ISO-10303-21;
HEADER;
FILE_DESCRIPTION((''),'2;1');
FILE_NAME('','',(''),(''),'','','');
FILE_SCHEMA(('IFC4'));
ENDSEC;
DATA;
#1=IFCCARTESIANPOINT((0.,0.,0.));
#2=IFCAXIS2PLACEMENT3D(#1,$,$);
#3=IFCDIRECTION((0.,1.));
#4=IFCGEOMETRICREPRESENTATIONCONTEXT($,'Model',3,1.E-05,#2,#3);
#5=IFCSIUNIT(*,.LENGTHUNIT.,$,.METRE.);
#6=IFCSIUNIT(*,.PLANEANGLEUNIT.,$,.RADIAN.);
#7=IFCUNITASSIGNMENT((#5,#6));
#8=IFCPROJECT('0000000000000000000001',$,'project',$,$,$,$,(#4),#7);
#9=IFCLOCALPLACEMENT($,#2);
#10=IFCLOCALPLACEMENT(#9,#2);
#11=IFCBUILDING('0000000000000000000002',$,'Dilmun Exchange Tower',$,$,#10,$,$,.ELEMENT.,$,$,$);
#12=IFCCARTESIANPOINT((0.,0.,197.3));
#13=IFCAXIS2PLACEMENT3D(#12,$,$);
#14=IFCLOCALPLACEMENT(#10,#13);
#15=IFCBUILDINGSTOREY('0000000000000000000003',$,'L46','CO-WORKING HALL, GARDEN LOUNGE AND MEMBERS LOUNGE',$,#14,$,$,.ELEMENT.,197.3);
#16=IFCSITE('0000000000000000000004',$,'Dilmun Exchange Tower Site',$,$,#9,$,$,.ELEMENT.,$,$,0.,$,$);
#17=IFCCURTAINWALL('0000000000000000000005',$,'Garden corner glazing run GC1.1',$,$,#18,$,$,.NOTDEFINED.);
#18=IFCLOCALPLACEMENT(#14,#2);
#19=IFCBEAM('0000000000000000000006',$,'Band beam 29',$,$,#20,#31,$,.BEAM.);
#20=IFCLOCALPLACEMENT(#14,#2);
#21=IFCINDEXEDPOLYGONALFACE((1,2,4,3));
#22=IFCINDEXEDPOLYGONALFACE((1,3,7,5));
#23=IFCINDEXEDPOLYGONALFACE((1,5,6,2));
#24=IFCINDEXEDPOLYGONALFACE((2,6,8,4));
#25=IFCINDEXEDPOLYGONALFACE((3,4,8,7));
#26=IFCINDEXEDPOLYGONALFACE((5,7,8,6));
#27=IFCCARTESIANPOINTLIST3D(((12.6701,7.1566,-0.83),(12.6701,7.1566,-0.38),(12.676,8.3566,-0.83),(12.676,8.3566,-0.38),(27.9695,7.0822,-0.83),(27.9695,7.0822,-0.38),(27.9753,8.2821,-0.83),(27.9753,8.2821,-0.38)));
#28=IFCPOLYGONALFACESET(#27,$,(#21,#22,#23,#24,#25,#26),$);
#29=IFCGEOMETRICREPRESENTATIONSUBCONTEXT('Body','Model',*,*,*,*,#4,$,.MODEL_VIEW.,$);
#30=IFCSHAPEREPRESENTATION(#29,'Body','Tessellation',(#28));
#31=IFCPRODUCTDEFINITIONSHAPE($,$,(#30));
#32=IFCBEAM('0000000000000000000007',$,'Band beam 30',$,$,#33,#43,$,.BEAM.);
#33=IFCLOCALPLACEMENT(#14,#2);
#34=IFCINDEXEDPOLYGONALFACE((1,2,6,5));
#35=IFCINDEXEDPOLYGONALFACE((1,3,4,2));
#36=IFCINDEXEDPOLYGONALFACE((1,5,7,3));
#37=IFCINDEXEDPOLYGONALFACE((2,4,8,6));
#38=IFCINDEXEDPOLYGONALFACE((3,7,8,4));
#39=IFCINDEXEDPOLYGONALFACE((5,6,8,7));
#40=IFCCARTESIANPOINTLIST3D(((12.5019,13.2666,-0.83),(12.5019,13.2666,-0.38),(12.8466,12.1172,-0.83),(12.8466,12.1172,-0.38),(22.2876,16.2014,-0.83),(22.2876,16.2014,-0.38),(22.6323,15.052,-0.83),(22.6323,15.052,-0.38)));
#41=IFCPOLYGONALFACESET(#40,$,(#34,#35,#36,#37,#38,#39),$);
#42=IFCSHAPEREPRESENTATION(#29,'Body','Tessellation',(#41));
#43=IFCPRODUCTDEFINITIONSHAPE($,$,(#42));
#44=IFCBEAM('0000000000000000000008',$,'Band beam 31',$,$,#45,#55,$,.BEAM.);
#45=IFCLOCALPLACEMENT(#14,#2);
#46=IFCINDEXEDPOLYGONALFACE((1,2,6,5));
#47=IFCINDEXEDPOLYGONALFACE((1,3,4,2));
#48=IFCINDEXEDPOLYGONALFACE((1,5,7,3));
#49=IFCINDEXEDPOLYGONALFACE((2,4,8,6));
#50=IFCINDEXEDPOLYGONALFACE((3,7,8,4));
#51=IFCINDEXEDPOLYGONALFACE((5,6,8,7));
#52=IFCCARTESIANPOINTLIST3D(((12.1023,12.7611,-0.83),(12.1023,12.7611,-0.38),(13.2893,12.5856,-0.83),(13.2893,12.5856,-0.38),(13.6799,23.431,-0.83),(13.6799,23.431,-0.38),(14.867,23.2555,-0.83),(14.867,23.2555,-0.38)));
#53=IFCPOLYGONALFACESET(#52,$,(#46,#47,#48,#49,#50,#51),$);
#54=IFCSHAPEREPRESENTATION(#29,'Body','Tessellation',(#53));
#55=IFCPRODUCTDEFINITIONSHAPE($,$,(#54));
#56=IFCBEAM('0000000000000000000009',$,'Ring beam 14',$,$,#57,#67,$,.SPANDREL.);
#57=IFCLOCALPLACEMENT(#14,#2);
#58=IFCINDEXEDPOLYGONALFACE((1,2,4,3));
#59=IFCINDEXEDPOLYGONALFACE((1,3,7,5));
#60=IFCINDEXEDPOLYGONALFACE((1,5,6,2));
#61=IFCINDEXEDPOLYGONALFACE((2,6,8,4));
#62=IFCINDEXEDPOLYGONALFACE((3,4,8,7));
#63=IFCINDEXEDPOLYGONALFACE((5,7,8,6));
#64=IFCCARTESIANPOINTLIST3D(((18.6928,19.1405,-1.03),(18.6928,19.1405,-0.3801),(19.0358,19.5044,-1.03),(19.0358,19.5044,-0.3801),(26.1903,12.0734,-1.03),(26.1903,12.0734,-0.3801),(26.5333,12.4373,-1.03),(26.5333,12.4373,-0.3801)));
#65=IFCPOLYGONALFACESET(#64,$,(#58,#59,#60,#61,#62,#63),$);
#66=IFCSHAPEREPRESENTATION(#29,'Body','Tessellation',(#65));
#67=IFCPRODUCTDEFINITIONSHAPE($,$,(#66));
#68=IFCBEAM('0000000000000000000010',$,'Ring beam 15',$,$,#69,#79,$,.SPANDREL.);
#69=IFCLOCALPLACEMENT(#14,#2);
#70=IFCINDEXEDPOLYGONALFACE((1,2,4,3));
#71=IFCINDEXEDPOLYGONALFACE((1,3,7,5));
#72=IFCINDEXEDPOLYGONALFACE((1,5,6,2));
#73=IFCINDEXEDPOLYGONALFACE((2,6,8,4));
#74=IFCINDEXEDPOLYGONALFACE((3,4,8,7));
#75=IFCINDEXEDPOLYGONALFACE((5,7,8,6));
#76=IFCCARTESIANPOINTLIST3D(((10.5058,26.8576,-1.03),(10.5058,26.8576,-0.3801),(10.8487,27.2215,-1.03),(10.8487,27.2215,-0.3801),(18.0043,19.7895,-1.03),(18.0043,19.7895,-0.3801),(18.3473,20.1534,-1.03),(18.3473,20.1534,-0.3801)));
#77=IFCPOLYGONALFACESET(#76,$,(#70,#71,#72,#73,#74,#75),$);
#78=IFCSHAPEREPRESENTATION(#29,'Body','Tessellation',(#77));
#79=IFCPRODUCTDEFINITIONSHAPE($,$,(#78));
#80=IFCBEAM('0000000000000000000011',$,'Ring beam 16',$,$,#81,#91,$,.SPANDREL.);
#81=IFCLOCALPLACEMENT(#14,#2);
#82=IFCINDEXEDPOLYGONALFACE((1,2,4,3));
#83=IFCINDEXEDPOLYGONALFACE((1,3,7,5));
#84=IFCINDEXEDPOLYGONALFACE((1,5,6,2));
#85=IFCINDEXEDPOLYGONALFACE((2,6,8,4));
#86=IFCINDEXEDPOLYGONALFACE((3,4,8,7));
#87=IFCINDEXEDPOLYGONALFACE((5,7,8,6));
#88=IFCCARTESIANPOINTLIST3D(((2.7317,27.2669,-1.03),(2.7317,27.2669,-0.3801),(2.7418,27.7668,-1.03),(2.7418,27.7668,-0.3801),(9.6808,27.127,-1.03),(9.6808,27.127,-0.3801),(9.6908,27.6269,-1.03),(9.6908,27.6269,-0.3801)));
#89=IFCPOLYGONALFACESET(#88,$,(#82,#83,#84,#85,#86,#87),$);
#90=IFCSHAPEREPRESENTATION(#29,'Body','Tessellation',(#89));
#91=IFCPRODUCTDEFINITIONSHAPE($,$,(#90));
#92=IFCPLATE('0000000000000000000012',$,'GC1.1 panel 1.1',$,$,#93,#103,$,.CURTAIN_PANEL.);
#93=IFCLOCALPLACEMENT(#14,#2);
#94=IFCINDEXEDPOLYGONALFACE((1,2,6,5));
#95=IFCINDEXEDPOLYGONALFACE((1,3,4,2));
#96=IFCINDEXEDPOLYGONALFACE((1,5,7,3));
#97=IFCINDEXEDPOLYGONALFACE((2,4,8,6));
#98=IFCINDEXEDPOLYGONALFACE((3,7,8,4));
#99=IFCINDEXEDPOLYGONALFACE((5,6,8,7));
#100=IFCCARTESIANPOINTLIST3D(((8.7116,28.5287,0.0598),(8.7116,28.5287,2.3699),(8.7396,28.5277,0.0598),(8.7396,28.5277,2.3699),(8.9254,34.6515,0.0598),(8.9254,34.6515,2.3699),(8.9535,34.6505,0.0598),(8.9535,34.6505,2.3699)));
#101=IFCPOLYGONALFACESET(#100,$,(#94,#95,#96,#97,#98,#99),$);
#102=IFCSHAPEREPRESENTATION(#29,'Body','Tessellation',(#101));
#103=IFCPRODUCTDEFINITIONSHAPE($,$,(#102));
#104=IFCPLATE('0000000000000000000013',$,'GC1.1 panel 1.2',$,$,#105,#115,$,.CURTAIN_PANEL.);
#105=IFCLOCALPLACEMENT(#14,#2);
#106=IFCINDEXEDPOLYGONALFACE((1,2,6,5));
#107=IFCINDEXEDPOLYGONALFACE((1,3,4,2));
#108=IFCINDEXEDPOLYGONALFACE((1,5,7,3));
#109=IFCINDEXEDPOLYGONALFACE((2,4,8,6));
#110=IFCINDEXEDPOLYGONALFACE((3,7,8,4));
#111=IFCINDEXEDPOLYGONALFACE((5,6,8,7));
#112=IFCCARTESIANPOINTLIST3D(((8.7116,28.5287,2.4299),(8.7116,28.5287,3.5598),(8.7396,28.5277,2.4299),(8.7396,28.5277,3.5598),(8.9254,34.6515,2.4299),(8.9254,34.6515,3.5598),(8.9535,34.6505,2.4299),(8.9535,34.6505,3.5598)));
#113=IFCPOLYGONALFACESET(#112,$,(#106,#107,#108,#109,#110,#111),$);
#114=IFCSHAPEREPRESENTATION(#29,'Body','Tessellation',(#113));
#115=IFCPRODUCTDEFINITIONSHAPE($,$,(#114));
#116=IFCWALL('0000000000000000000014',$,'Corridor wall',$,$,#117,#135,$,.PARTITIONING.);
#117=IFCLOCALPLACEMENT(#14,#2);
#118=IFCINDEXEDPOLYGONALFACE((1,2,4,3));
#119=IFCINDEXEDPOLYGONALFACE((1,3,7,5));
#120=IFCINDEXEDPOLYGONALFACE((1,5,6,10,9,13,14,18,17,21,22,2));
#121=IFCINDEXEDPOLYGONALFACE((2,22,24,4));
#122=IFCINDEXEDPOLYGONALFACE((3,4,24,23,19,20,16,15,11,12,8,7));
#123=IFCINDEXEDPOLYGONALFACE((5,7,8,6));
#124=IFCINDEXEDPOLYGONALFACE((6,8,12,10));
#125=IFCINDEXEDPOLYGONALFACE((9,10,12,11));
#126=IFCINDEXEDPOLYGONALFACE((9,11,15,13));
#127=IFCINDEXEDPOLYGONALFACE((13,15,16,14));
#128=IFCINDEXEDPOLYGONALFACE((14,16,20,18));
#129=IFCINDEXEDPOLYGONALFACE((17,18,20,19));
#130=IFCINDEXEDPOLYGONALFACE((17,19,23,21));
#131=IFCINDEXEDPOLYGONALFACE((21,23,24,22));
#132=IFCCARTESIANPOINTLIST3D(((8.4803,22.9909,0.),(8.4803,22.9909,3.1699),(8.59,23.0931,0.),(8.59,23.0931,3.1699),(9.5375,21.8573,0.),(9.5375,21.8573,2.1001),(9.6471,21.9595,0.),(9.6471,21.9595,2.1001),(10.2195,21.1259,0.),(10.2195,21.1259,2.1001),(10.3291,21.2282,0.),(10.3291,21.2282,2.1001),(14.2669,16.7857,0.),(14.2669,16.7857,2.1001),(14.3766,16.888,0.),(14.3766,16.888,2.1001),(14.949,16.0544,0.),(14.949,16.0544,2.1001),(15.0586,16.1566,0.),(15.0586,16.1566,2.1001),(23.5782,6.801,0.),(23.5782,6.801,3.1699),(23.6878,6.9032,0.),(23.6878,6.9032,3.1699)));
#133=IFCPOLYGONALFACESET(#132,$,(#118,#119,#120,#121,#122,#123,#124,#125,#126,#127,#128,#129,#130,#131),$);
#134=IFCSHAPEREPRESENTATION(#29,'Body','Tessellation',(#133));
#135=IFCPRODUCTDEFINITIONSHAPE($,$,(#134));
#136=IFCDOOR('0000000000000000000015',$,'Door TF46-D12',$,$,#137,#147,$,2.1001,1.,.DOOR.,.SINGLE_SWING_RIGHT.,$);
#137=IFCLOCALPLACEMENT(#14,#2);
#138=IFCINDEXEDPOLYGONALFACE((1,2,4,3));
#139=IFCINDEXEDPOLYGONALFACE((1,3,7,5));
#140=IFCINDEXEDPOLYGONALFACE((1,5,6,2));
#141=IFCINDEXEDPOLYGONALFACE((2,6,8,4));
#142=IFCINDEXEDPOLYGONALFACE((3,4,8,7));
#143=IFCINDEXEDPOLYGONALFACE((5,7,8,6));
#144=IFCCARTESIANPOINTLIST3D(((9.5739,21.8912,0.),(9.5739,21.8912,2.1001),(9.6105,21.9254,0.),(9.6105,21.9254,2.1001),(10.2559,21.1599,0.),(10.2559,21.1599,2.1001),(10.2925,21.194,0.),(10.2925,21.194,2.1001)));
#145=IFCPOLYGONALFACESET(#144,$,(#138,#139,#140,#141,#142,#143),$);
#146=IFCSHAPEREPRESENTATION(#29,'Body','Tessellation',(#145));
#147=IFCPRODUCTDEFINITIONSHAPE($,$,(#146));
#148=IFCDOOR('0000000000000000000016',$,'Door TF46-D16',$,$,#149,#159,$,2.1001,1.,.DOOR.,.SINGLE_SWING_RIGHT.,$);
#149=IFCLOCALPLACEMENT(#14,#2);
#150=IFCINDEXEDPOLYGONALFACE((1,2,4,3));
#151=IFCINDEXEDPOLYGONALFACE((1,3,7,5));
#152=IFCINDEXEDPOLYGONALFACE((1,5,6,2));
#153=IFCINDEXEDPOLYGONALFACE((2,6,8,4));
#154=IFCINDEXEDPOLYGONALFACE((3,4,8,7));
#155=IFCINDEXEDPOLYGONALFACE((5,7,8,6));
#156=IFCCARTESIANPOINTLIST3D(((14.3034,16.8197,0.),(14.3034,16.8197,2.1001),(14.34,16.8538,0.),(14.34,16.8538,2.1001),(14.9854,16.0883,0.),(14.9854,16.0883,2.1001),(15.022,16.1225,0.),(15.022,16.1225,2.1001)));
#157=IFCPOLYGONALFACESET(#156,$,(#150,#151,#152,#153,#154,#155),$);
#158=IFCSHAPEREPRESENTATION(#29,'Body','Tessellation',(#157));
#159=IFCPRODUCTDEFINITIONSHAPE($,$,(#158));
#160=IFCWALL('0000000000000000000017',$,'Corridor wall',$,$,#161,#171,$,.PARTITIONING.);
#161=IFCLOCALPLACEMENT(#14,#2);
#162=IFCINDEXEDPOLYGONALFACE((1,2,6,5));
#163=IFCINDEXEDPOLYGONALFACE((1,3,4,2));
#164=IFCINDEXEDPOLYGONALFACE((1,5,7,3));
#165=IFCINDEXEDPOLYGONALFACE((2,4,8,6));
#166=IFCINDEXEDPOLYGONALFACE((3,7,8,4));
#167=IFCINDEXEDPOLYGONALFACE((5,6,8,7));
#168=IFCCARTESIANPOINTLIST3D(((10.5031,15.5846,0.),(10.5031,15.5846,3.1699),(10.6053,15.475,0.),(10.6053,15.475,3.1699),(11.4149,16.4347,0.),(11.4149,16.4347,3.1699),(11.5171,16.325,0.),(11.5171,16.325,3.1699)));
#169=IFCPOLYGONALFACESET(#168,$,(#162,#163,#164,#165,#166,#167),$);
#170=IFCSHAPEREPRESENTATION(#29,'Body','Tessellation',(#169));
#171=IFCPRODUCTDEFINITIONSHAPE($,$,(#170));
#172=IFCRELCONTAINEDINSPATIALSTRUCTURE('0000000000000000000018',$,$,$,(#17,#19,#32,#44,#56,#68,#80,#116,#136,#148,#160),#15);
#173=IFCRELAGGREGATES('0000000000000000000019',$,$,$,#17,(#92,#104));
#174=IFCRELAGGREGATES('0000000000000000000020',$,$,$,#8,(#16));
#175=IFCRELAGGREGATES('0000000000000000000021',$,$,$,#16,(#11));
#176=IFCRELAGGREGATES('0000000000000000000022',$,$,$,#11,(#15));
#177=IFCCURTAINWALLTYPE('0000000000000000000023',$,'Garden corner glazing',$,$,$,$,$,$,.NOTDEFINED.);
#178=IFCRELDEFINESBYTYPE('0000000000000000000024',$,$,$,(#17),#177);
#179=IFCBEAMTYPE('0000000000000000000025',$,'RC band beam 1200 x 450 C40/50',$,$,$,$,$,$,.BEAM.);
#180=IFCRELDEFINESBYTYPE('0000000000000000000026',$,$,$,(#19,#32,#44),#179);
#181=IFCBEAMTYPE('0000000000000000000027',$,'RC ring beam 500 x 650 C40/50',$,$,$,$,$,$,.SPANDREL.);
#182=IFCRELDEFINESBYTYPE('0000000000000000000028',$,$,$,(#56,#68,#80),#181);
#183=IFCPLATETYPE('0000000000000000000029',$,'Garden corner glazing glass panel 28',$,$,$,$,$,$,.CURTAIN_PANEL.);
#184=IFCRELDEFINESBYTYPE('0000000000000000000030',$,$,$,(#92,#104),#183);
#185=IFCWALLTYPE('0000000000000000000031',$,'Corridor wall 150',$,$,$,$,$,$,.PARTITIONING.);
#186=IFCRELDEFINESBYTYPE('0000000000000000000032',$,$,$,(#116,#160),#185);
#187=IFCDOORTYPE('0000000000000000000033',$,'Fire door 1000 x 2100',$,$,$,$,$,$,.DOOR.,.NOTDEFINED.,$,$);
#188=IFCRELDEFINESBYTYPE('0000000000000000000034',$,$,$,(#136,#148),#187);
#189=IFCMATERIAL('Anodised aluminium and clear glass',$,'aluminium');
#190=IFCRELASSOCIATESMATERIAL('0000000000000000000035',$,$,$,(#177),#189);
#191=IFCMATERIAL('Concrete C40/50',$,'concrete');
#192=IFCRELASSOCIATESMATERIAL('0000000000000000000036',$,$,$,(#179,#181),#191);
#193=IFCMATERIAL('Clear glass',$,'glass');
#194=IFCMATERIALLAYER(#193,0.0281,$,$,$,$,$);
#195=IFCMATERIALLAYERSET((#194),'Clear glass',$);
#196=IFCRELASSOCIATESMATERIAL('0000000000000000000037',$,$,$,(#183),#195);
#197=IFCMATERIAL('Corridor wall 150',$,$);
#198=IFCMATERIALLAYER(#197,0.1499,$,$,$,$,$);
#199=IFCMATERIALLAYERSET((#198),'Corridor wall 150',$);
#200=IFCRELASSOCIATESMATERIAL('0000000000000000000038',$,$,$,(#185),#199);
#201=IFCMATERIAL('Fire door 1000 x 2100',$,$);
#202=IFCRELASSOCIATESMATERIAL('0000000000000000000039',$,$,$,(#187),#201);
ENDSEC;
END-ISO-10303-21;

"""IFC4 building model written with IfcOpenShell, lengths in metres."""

from ifc_helpers import new_model, si_unit, direction, frame, frame_2d, origin, origin_2d, place, context, subcontext, project, spatial, rectangle, extrude, material, layer, layer_set, material_profile, profile_set, type_object, element, fill, aggregate, save


model = new_model("IFC4")

# Units and contexts
model_context = context("Model", 3, precision=1e-05, world=origin(), true_north=direction((0.0, 1.0)))
body_context = subcontext(model_context, "Body", "Model", "MODEL_VIEW")
ifc_project = project(units=[si_unit("LENGTHUNIT", "METRE"), si_unit("PLANEANGLEUNIT", "RADIAN")], contexts=[model_context])

# Site, building, storey
site_placement = place(None, origin())
site = spatial("IfcSite", under=ifc_project, at=site_placement, Name="Dilmun Exchange Tower Site", CompositionType="ELEMENT", RefElevation=0.0)
building_placement = place(site_placement, origin())
building = spatial("IfcBuilding", under=site, at=building_placement, Name="Dilmun Exchange Tower", CompositionType="ELEMENT")
storey_placement = place(building_placement, frame((0.0, 0.0, 197.3)))
storey = spatial("IfcBuildingStorey", under=building, at=storey_placement, Name="L46", Description="CO-WORKING HALL, GARDEN LOUNGE AND MEMBERS LOUNGE", CompositionType="ELEMENT", Elevation=197.3)

# Curtain wall
ifc_material_1 = material(Name="Anodised aluminium and clear glass", Category="aluminium")
curtain_wall_type = type_object("IfcCurtainWallType", Name="Garden corner glazing", PredefinedType="NOTDEFINED", material=ifc_material_1)
curtain_wall_1_placement = place(storey_placement, origin())
curtain_wall_1 = element("IfcCurtainWall", 1, at=curtain_wall_1_placement, inside=storey, type_object=curtain_wall_type, Name="Garden corner glazing run GC1.1", PredefinedType="NOTDEFINED")

# Beams
ifc_material_2 = material(Name="Concrete C40/50", Category="concrete")
ifc_material_profile_1 = material_profile(ifc_material_2, rectangle(XDim=1.2, YDim=0.45, at=origin_2d()), Name="1200 x 450")
ifc_profile_set_1 = profile_set([ifc_material_profile_1], Name="Concrete C40/50")
beam_type_1 = type_object("IfcBeamType", Name="RC band beam 1200 x 450 C40/50", PredefinedType="BEAM", material=ifc_profile_set_1)
beam_1_placement = place(storey_placement, frame((27.9724, 7.6821, -0.605), z_axis=(-0.999988, 0.004867, 0.0), x_axis=(-0.004867, -0.999988, 0.0)))
element("IfcBeam", 2, at=beam_1_placement, inside=storey, type_object=beam_type_1, Name="Band beam 29", PredefinedType="BEAM", context=body_context, shape_type="SweptSolid", body=[
    extrude(rectangle(XDim=1.2, YDim=0.45, at=origin_2d()), origin(), (0.0, 0.0, 1.0), 15.2996),
])
beam_2_placement = place(storey_placement, frame((22.46, 15.6267, -0.605), z_axis=(-0.95785, -0.287269, 0.0), x_axis=(0.287269, -0.95785, 0.0)))
element("IfcBeam", 3, at=beam_2_placement, inside=storey, type_object=beam_type_1, Name="Band beam 30", PredefinedType="BEAM", context=body_context, shape_type="SweptSolid", body=[
    extrude(rectangle(XDim=1.2, YDim=0.45, at=origin_2d()), origin(), (0.0, 0.0, 1.0), 10.2163),
])
beam_3_placement = place(storey_placement, frame((14.2734, 23.3433, -0.605), z_axis=(-0.146268, -0.989245, 0.0), x_axis=(0.989245, -0.146268, 0.0)))
element("IfcBeam", 4, at=beam_3_placement, inside=storey, type_object=beam_type_1, Name="Band beam 31", PredefinedType="BEAM", context=body_context, shape_type="SweptSolid", body=[
    extrude(rectangle(XDim=1.2, YDim=0.45, at=origin_2d()), origin(), (0.0, 0.0, 1.0), 10.7859),
])
ifc_material_profile_2 = material_profile(ifc_material_2, rectangle(XDim=0.5, YDim=0.6499, at=origin_2d()), Name="500 x 650")
ifc_profile_set_2 = profile_set([ifc_material_profile_2], Name="Concrete C40/50")
beam_type_2 = type_object("IfcBeamType", Name="RC ring beam 500 x 650 C40/50", PredefinedType="SPANDREL", material=ifc_profile_set_2)
beam_4_placement = place(storey_placement, frame((26.3618, 12.2554, -0.7051), z_axis=(-0.727686, 0.685911, 0.0), x_axis=(-0.685911, -0.727686, 0.0)))
element("IfcBeam", 5, at=beam_4_placement, inside=storey, type_object=beam_type_2, Name="Ring beam 14", PredefinedType="SPANDREL", context=body_context, shape_type="SweptSolid", body=[
    extrude(rectangle(XDim=0.5, YDim=0.6499, at=origin_2d()), origin(), (0.0, 0.0, 1.0), 10.3032),
])
beam_5_placement = place(storey_placement, frame((18.1758, 19.9714, -0.7051), z_axis=(-0.727683, 0.685914, 0.0), x_axis=(-0.685914, -0.727683, 0.0)))
element("IfcBeam", 6, at=beam_5_placement, inside=storey, type_object=beam_type_2, Name="Ring beam 15", PredefinedType="SPANDREL", context=body_context, shape_type="SweptSolid", body=[
    extrude(rectangle(XDim=0.5, YDim=0.6499, at=origin_2d()), origin(), (0.0, 0.0, 1.0), 10.3047),
])
beam_6_placement = place(storey_placement, frame((9.6858, 27.377, -0.7051), z_axis=(-0.999797, 0.020127, 0.0), x_axis=(-0.020127, -0.999797, 0.0)))
element("IfcBeam", 7, at=beam_6_placement, inside=storey, type_object=beam_type_2, Name="Ring beam 16", PredefinedType="SPANDREL", context=body_context, shape_type="SweptSolid", body=[
    extrude(rectangle(XDim=0.5, YDim=0.6499, at=origin_2d()), origin(), (0.0, 0.0, 1.0), 6.9504),
])

# Plates
ifc_material_3 = material(Name="Clear glass", Category="glass")
ifc_layer_1 = layer(ifc_material_3, 0.0281)
ifc_layer_set_1 = layer_set([ifc_layer_1], Name="Clear glass")
plate_type = type_object("IfcPlateType", Name="Garden corner glazing glass panel 28", PredefinedType="CURTAIN_PANEL", material=ifc_layer_set_1)
plate_1_placement = place(storey_placement, frame((8.8325, 31.5896, 0.0598), z_axis=(0.0, 0.0, 1.0), x_axis=(-0.0349, -0.999391, 0.0)))
plate_1 = element("IfcPlate", 8, at=plate_1_placement, type_object=plate_type, Name="GC1.1 panel 1.1", PredefinedType="CURTAIN_PANEL", context=body_context, shape_type="SweptSolid", body=[
    extrude(rectangle(XDim=6.1265, YDim=0.0281, at=origin_2d()), origin(), (0.0, 0.0, 1.0), 2.3101),
])
plate_2_placement = place(storey_placement, frame((8.8325, 31.5896, 2.4299), z_axis=(0.0, 0.0, 1.0), x_axis=(-0.0349, -0.999391, 0.0)))
plate_2 = element("IfcPlate", 9, at=plate_2_placement, type_object=plate_type, Name="GC1.1 panel 1.2", PredefinedType="CURTAIN_PANEL", context=body_context, shape_type="SweptSolid", body=[
    extrude(rectangle(XDim=6.1265, YDim=0.0281, at=origin_2d()), origin(), (0.0, 0.0, 1.0), 1.1299),
])
aggregate(curtain_wall_1, [plate_1, plate_2])

# Wall, openings, doors
ifc_material_4 = material(Name="Corridor wall 150")
ifc_layer_2 = layer(ifc_material_4, 0.1499)
ifc_layer_set_2 = layer_set([ifc_layer_2], Name="Corridor wall 150")
wall_type_1 = type_object("IfcWallType", Name="Corridor wall 150", PredefinedType="PARTITIONING", material=ifc_layer_set_2)
wall_1_placement = place(storey_placement, frame((8.5352, 23.042, 0.0), z_axis=(0.0, 0.0, 1.0), x_axis=(0.682011, -0.731342, 0.0)))
wall_1 = element("IfcWall", 10, at=wall_1_placement, inside=storey, type_object=wall_type_1, Name="Corridor wall", PredefinedType="PARTITIONING", context=body_context, shape_type="SweptSolid", body=[
    extrude(rectangle(XDim=22.1372, YDim=0.1499, at=frame_2d((11.0686, 0.0))), origin(), (0.0, 0.0, 1.0), 3.1699),
])
opening_1_placement = place(wall_1_placement, frame((1.55, 0.0, 0.0)))
opening_1 = element("IfcOpeningElement", 11, at=opening_1_placement, cuts=wall_1, PredefinedType="OPENING", context=body_context, shape_type="SweptSolid", body=[
    extrude(rectangle(XDim=1.0, YDim=2.1001, at=frame_2d((0.5, 1.05))), frame((0.0, 0.085, 0.0), z_axis=(0.0, -1.0, 0.0), x_axis=(1.0, 0.0, 0.0)), (0.0, 0.0, 1.0), 0.1699),
])
opening_2_placement = place(wall_1_placement, frame((8.4846, 0.0, 0.0)))
opening_2 = element("IfcOpeningElement", 12, at=opening_2_placement, cuts=wall_1, PredefinedType="OPENING", context=body_context, shape_type="SweptSolid", body=[
    extrude(rectangle(XDim=1.0, YDim=2.1001, at=frame_2d((0.5, 1.05))), frame((0.0, 0.085, 0.0), z_axis=(0.0, -1.0, 0.0), x_axis=(1.0, 0.0, 0.0)), (0.0, 0.0, 1.0), 0.1699),
])
ifc_material_5 = material(Name="Fire door 1000 x 2100")
door_type = type_object("IfcDoorType", Name="Fire door 1000 x 2100", OperationType="NOTDEFINED", PredefinedType="DOOR", material=ifc_material_5)
door_1_placement = place(opening_1_placement, origin())
door_1 = element("IfcDoor", 13, at=door_1_placement, inside=storey, type_object=door_type, Name="Door TF46-D12", OperationType="SINGLE_SWING_RIGHT", OverallHeight=2.1001, OverallWidth=1.0, PredefinedType="DOOR", context=body_context, shape_type="SweptSolid", body=[
    extrude(rectangle(XDim=1.0, YDim=2.1001, at=frame_2d((0.5, 1.05))), frame((0.0, 0.0249, 0.0), z_axis=(0.0, -1.0, 0.0), x_axis=(1.0, 0.0, 0.0)), (0.0, 0.0, 1.0), 0.05),
])
fill(opening_1, door_1)
door_2_placement = place(opening_2_placement, origin())
door_2 = element("IfcDoor", 14, at=door_2_placement, inside=storey, type_object=door_type, Name="Door TF46-D16", OperationType="SINGLE_SWING_RIGHT", OverallHeight=2.1001, OverallWidth=1.0, PredefinedType="DOOR", context=body_context, shape_type="SweptSolid", body=[
    extrude(rectangle(XDim=1.0, YDim=2.1001, at=frame_2d((0.5, 1.05))), frame((0.0, 0.0249, 0.0), z_axis=(0.0, -1.0, 0.0), x_axis=(1.0, 0.0, 0.0)), (0.0, 0.0, 1.0), 0.05),
])
fill(opening_2, door_2)

# Wall
wall_2_placement = place(storey_placement, frame((10.5542, 15.5298, 0.0), z_axis=(0.0, 0.0, 1.0), x_axis=(0.731446, 0.681899, 0.0)))
element("IfcWall", 15, at=wall_2_placement, inside=storey, type_object=wall_type_1, Name="Corridor wall", PredefinedType="PARTITIONING", context=body_context, shape_type="SweptSolid", body=[
    extrude(rectangle(XDim=1.2466, YDim=0.1499, at=frame_2d((0.6233, 0.0))), origin(), (0.0, 0.0, 1.0), 3.1699),
])

save(model, "model.ifc")
